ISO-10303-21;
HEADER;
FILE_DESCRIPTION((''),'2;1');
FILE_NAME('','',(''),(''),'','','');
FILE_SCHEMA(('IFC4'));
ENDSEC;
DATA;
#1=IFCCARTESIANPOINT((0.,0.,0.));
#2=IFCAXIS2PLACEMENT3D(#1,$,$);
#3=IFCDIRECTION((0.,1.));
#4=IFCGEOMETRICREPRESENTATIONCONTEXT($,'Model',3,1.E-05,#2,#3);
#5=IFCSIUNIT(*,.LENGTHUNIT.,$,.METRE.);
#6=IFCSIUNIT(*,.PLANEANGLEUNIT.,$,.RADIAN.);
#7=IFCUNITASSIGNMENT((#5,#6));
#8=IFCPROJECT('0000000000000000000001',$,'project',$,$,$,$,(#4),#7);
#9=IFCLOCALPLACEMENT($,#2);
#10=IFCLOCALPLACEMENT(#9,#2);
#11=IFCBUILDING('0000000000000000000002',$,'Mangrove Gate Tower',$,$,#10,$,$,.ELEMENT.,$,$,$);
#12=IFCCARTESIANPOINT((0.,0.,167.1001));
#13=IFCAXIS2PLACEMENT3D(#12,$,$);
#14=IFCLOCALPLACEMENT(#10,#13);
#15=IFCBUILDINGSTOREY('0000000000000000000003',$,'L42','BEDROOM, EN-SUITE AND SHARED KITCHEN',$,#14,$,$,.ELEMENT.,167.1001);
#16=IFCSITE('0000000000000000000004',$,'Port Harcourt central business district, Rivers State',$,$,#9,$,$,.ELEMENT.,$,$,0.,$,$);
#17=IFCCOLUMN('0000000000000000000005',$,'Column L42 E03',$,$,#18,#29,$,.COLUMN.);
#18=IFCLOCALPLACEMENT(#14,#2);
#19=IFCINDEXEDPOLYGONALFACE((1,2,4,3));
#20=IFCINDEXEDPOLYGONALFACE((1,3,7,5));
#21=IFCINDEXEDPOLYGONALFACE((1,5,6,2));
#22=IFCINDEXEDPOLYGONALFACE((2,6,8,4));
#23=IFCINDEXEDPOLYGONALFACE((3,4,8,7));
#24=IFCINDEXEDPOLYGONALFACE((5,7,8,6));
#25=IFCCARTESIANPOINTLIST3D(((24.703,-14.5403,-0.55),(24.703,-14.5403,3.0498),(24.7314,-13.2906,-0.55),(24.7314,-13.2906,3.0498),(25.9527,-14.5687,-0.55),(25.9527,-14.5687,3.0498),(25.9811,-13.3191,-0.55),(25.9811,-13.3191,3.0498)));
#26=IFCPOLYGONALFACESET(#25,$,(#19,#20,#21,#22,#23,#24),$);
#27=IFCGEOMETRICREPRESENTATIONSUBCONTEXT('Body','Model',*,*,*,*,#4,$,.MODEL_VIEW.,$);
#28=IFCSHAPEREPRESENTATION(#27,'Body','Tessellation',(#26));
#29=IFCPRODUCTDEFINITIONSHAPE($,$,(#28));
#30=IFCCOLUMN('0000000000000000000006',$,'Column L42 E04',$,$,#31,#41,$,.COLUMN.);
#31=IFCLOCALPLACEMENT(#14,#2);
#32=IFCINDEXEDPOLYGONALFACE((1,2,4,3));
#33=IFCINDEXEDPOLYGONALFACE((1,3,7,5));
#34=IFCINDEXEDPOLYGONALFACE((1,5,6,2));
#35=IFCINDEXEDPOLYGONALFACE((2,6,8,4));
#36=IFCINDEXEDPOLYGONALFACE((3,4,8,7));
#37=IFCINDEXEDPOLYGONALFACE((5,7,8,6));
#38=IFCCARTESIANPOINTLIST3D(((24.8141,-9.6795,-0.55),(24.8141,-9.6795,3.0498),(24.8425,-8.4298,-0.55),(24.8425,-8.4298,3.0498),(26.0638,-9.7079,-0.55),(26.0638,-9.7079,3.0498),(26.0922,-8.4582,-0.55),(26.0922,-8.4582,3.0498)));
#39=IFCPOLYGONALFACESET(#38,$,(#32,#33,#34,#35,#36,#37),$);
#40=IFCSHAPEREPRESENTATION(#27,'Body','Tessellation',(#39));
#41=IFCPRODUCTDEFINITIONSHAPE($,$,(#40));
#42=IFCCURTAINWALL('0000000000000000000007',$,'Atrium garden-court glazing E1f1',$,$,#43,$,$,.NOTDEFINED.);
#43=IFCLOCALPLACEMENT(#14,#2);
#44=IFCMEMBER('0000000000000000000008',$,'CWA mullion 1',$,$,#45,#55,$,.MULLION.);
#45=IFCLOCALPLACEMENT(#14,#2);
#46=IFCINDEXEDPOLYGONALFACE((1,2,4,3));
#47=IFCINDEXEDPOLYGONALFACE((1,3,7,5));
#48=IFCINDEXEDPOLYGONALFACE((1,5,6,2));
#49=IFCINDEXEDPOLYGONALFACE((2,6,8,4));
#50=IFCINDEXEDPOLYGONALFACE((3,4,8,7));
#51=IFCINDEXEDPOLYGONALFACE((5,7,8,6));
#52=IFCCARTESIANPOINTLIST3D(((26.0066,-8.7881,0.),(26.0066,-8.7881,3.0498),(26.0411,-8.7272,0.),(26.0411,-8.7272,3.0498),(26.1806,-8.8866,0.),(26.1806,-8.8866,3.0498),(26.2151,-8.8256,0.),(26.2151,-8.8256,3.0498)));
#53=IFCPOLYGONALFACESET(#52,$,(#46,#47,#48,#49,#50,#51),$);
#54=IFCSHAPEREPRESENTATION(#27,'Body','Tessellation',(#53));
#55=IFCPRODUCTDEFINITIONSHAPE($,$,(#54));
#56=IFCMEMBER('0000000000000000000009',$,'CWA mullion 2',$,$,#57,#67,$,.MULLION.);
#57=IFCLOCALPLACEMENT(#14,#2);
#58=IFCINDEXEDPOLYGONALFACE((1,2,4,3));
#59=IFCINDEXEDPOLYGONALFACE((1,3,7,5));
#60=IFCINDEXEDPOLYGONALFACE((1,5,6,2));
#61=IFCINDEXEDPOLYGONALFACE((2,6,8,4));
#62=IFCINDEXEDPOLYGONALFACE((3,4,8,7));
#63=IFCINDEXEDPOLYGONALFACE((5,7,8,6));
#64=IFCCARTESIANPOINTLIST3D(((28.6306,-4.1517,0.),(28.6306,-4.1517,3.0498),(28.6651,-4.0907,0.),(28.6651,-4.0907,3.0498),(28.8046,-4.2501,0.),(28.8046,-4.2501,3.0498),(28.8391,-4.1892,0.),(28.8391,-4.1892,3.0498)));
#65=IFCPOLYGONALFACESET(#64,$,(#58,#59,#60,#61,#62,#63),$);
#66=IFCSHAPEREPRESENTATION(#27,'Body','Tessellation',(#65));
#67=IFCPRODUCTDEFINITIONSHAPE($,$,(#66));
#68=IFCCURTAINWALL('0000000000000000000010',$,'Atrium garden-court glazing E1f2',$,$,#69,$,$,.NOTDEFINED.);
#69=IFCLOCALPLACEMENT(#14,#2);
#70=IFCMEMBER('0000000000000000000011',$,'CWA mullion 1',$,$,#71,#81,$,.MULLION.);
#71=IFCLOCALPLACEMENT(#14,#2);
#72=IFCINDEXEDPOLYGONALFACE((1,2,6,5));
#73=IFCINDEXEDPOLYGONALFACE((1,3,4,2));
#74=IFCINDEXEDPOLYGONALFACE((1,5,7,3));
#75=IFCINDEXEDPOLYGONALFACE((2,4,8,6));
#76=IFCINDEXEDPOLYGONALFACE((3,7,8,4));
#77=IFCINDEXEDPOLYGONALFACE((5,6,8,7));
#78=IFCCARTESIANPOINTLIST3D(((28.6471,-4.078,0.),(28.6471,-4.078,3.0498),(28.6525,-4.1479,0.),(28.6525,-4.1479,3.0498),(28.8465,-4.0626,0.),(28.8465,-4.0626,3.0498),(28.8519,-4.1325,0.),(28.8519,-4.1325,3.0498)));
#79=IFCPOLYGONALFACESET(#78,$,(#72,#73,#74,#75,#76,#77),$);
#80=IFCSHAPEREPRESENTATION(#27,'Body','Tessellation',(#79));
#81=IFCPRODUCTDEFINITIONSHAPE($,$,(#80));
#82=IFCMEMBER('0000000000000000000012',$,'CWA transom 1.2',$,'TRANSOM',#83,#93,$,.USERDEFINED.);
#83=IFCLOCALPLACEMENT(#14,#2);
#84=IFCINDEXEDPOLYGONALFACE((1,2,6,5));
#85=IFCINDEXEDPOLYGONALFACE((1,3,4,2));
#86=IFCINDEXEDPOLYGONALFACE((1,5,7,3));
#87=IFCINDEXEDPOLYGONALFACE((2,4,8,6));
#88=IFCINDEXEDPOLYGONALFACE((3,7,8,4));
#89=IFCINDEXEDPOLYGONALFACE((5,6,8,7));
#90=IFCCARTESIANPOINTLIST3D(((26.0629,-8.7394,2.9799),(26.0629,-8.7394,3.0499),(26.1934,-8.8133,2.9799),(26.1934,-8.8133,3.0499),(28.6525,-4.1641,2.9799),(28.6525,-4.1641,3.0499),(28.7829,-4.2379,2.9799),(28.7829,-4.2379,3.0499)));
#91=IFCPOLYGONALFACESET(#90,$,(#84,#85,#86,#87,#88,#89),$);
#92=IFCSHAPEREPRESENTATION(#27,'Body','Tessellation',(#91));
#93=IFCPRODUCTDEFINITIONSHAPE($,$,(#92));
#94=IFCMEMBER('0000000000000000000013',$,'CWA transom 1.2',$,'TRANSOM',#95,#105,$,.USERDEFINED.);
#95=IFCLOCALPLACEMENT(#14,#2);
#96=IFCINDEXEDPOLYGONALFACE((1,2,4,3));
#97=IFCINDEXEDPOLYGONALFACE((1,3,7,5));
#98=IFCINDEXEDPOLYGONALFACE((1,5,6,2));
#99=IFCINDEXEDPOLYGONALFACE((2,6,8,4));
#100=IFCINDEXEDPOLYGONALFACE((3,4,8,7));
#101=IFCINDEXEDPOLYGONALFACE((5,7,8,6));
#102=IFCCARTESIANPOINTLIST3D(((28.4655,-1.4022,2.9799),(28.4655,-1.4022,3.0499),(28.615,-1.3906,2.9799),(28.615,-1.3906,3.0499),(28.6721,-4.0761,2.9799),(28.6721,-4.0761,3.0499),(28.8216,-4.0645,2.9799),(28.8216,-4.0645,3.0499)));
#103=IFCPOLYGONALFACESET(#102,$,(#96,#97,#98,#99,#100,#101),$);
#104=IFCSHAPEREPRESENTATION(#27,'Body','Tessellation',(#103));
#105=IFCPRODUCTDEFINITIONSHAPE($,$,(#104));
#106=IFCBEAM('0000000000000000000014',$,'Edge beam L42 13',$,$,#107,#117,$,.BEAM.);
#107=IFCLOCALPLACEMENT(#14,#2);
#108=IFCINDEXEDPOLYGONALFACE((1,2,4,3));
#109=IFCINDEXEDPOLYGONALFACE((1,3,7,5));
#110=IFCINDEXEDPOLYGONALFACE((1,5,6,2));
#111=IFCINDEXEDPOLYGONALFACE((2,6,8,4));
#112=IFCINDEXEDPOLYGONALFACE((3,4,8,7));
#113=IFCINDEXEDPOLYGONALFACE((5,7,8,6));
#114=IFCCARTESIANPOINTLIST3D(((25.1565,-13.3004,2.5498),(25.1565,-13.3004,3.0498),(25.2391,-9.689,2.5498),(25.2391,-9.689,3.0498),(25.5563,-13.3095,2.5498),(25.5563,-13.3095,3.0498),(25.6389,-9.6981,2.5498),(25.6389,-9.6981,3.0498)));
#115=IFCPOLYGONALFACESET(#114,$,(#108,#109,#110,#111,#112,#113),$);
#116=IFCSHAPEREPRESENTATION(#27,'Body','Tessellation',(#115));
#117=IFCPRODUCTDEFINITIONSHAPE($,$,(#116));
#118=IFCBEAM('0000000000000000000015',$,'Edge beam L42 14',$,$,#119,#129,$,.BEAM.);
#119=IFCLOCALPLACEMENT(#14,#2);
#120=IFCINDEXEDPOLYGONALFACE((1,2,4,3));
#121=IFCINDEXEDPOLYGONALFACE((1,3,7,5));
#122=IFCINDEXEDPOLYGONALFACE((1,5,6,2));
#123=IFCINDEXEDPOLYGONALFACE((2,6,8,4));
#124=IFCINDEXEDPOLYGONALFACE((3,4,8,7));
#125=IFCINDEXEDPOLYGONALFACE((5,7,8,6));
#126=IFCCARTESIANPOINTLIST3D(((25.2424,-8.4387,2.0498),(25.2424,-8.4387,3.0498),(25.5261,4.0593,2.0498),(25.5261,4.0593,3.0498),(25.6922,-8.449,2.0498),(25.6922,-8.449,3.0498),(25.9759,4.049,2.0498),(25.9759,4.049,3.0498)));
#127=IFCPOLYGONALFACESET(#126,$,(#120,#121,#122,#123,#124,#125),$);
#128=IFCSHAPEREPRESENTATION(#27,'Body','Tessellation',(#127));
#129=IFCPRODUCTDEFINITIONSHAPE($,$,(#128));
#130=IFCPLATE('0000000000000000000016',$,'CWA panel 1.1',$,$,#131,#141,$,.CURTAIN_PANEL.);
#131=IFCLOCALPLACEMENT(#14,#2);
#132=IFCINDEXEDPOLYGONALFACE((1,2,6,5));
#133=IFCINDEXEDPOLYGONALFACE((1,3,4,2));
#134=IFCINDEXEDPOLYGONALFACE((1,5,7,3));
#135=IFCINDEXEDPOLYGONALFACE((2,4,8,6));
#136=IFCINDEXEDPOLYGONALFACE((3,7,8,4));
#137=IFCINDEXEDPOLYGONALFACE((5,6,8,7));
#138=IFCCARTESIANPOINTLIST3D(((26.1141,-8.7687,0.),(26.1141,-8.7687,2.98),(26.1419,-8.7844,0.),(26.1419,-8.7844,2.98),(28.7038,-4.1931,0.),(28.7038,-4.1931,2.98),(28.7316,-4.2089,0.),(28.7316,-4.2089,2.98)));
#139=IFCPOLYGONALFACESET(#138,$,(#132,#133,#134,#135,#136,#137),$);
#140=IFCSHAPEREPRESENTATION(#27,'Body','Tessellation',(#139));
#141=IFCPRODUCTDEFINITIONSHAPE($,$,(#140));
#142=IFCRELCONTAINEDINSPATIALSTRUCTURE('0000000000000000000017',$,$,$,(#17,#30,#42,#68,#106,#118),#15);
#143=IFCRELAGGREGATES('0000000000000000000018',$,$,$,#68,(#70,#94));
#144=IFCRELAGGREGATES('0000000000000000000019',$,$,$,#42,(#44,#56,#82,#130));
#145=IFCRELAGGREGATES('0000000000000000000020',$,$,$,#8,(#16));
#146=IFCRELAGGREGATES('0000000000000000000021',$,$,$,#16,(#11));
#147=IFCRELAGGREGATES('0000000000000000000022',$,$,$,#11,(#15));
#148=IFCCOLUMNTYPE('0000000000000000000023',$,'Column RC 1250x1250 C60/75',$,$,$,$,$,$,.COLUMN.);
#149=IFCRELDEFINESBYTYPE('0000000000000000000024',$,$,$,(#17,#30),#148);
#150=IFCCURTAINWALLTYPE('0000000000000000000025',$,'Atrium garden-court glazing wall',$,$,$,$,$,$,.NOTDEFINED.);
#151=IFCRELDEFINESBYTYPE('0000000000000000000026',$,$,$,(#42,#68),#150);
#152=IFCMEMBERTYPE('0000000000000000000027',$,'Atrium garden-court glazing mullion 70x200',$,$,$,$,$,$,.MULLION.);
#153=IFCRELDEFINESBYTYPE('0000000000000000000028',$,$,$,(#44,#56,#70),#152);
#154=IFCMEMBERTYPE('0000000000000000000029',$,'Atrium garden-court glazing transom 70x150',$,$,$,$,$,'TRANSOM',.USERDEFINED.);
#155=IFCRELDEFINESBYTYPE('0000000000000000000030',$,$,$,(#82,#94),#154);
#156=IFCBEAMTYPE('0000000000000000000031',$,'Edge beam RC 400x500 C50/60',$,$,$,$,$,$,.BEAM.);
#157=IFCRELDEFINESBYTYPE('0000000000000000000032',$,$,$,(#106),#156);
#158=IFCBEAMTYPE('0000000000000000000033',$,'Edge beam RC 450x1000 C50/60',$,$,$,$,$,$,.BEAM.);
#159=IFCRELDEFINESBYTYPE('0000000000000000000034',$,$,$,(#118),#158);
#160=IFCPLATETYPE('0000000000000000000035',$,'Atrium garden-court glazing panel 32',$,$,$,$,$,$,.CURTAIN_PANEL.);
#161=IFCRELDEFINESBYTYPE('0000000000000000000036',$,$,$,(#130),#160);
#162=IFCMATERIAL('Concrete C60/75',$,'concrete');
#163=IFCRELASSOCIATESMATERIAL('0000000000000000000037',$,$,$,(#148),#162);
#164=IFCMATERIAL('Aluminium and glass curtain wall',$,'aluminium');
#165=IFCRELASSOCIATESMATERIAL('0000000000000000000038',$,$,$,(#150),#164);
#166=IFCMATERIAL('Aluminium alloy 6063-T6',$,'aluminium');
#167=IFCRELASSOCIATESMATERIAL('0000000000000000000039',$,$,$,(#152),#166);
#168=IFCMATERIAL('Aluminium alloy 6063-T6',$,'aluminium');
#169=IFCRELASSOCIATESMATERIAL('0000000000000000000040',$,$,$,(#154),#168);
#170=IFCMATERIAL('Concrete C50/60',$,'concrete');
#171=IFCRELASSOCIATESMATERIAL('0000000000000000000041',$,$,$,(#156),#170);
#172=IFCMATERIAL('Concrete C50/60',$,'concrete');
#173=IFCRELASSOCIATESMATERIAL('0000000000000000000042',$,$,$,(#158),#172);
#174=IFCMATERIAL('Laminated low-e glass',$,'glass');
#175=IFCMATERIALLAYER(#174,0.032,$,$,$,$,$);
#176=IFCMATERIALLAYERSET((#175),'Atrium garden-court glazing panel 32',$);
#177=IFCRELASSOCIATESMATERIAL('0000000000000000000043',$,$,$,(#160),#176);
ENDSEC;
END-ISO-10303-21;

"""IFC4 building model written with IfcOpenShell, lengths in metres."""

from ifc_helpers import new_model, si_unit, direction, frame, origin, origin_2d, place, context, subcontext, project, spatial, rectangle, extrude, material, layer, layer_set, material_profile, profile_set, type_object, element, aggregate, save


model = new_model("IFC4")

# Units and contexts
model_context = context("Model", 3, precision=1e-05, world=origin(), true_north=direction((0.0, 1.0)))
body_context = subcontext(model_context, "Body", "Model", "MODEL_VIEW")
ifc_project = project(units=[si_unit("LENGTHUNIT", "METRE"), si_unit("PLANEANGLEUNIT", "RADIAN")], contexts=[model_context])

# Site, building, storey
site_placement = place(None, origin())
site = spatial("IfcSite", under=ifc_project, at=site_placement, Name="Port Harcourt central business district, Rivers State", CompositionType="ELEMENT", RefElevation=0.0)
building_placement = place(site_placement, origin())
building = spatial("IfcBuilding", under=site, at=building_placement, Name="Mangrove Gate Tower", CompositionType="ELEMENT")
storey_placement = place(building_placement, frame((0.0, 0.0, 167.1001)))
storey = spatial("IfcBuildingStorey", under=building, at=storey_placement, Name="L42", Description="BEDROOM, EN-SUITE AND SHARED KITCHEN", CompositionType="ELEMENT", Elevation=167.1001)

# Columns
ifc_material_1 = material(Name="Concrete C60/75", Category="concrete")
ifc_material_profile_1 = material_profile(ifc_material_1, rectangle(XDim=1.25, YDim=1.25, at=origin_2d()))
ifc_profile_set_1 = profile_set([ifc_material_profile_1], Name="Concrete C60/75")
column_type = type_object("IfcColumnType", Name="Column RC 1250x1250 C60/75", PredefinedType="COLUMN", material=ifc_profile_set_1)
for number, where, z_axis, x_axis, name in (
    (1, (25.342, -13.9297, -0.55), (0.0, 0.0, 1.0), (0.022726, 0.999742, 0.0), "Column L42 E03"),
    (2, (25.4531, -9.0688, -0.55), (0.0, 0.0, 1.0), (0.022725, 0.999742, 0.0), "Column L42 E04"),
):
    element("IfcColumn", number, at=place(storey_placement, frame(where, z_axis=z_axis, x_axis=x_axis)), inside=storey, type_object=column_type, Name=name, PredefinedType="COLUMN", context=body_context, shape_type="SweptSolid", body=[
        extrude(rectangle(XDim=1.25, YDim=1.25, at=origin_2d()), origin(), (0.0, 0.0, 1.0), 3.5999),
    ])

# Curtain wall, members
ifc_material_2 = material(Name="Aluminium and glass curtain wall", Category="aluminium")
curtain_wall_type = type_object("IfcCurtainWallType", Name="Atrium garden-court glazing wall", PredefinedType="NOTDEFINED", material=ifc_material_2)
curtain_wall_1_placement = place(storey_placement, origin())
curtain_wall_1 = element("IfcCurtainWall", 3, at=curtain_wall_1_placement, inside=storey, type_object=curtain_wall_type, Name="Atrium garden-court glazing E1f1", PredefinedType="NOTDEFINED")
ifc_material_3 = material(Name="Aluminium alloy 6063-T6", Category="aluminium")
ifc_material_profile_2 = material_profile(ifc_material_3, rectangle(XDim=0.0701, YDim=0.2, at=origin_2d()))
ifc_profile_set_2 = profile_set([ifc_material_profile_2], Name="Aluminium alloy 6063-T6")
member_type_1 = type_object("IfcMemberType", Name="Atrium garden-court glazing mullion 70x200", PredefinedType="MULLION", material=ifc_profile_set_2)
member_1_placement = place(storey_placement, frame((26.1108, -8.8069, 0.0), z_axis=(0.0, 0.0, 1.0), x_axis=(0.492564, 0.870276, 0.0)))
member_1 = element("IfcMember", 4, at=member_1_placement, type_object=member_type_1, Name="CWA mullion 1", PredefinedType="MULLION", context=body_context, shape_type="SweptSolid", body=[
    extrude(rectangle(XDim=0.0701, YDim=0.2, at=origin_2d()), origin(), (0.0, 0.0, 1.0), 3.0498),
])
member_2_placement = place(storey_placement, frame((28.7349, -4.1704, 0.0), z_axis=(0.0, 0.0, 1.0), x_axis=(0.492564, 0.870276, 0.0)))
member_2 = element("IfcMember", 5, at=member_2_placement, type_object=member_type_1, Name="CWA mullion 2", PredefinedType="MULLION", context=body_context, shape_type="SweptSolid", body=[
    extrude(rectangle(XDim=0.0701, YDim=0.2, at=origin_2d()), origin(), (0.0, 0.0, 1.0), 3.0498),
])

# Curtain wall, member
curtain_wall_2_placement = place(storey_placement, origin())
curtain_wall_2 = element("IfcCurtainWall", 6, at=curtain_wall_2_placement, inside=storey, type_object=curtain_wall_type, Name="Atrium garden-court glazing E1f2", PredefinedType="NOTDEFINED")
member_3_placement = place(storey_placement, frame((28.7495, -4.1052, 0.0), z_axis=(0.0, 0.0, 1.0), x_axis=(-0.077023, 0.997029, 0.0)))
member_3 = element("IfcMember", 7, at=member_3_placement, type_object=member_type_1, Name="CWA mullion 1", PredefinedType="MULLION", context=body_context, shape_type="SweptSolid", body=[
    extrude(rectangle(XDim=0.0701, YDim=0.2, at=origin_2d()), origin(), (0.0, 0.0, 1.0), 3.0498),
])

# Members
ifc_material_4 = material(Name="Aluminium alloy 6063-T6", Category="aluminium")
ifc_material_profile_3 = material_profile(ifc_material_4, rectangle(XDim=0.0701, YDim=0.1499, at=origin_2d()))
ifc_profile_set_3 = profile_set([ifc_material_profile_3], Name="Aluminium alloy 6063-T6")
member_type_2 = type_object("IfcMemberType", Name="Atrium garden-court glazing transom 70x150", ElementType="TRANSOM", PredefinedType="USERDEFINED", material=ifc_profile_set_3)
member_4_placement = place(storey_placement, frame((26.1282, -8.7764, 3.0149), z_axis=(0.492559, 0.870279, 0.0), x_axis=(0.0, 0.0, 1.0)))
member_4 = element("IfcMember", 8, at=member_4_placement, type_object=member_type_2, Name="CWA transom 1.2", ObjectType="TRANSOM", PredefinedType="USERDEFINED", context=body_context, shape_type="SweptSolid", body=[
    extrude(rectangle(XDim=0.0701, YDim=0.1499, at=origin_2d()), origin(), (0.0, 0.0, 1.0), 5.2573),
])
member_5_placement = place(storey_placement, frame((28.7468, -4.0703, 3.0149), z_axis=(-0.077017, 0.99703, 0.0), x_axis=(0.0, 0.0, 1.0)))
member_5 = element("IfcMember", 9, at=member_5_placement, type_object=member_type_2, Name="CWA transom 1.2", ObjectType="TRANSOM", PredefinedType="USERDEFINED", context=body_context, shape_type="SweptSolid", body=[
    extrude(rectangle(XDim=0.0701, YDim=0.1499, at=origin_2d()), origin(), (0.0, 0.0, 1.0), 2.6819),
])
aggregate(curtain_wall_2, [member_3, member_5])

# Beams
ifc_material_5 = material(Name="Concrete C50/60", Category="concrete")
ifc_material_profile_4 = material_profile(ifc_material_5, rectangle(XDim=0.3999, YDim=0.5, at=origin_2d()))
ifc_profile_set_4 = profile_set([ifc_material_profile_4], Name="Concrete C50/60")
beam_type_1 = type_object("IfcBeamType", Name="Edge beam RC 400x500 C50/60", PredefinedType="BEAM", material=ifc_profile_set_4)
beam_1_placement = place(storey_placement, frame((25.3564, -13.3049, 2.7998), z_axis=(0.022844, 0.999739, 0.0), x_axis=(-0.999739, 0.022844, 0.0)))
element("IfcBeam", 10, at=beam_1_placement, inside=storey, type_object=beam_type_1, Name="Edge beam L42 13", PredefinedType="BEAM", context=body_context, shape_type="SweptSolid", body=[
    extrude(rectangle(XDim=0.3999, YDim=0.5, at=origin_2d()), origin(), (0.0, 0.0, 1.0), 3.6123),
])
ifc_material_6 = material(Name="Concrete C50/60", Category="concrete")
ifc_material_profile_5 = material_profile(ifc_material_6, rectangle(XDim=0.45, YDim=1.0, at=origin_2d()))
ifc_profile_set_5 = profile_set([ifc_material_profile_5], Name="Concrete C50/60")
beam_type_2 = type_object("IfcBeamType", Name="Edge beam RC 450x1000 C50/60", PredefinedType="BEAM", material=ifc_profile_set_5)
beam_2_placement = place(storey_placement, frame((25.4673, -8.4438, 2.5498), z_axis=(0.022693, 0.999742, 0.0), x_axis=(-0.999742, 0.022693, 0.0)))
element("IfcBeam", 11, at=beam_2_placement, inside=storey, type_object=beam_type_2, Name="Edge beam L42 14", PredefinedType="BEAM", context=body_context, shape_type="SweptSolid", body=[
    extrude(rectangle(XDim=0.45, YDim=1.0, at=origin_2d()), origin(), (0.0, 0.0, 1.0), 12.5012),
])

# Plate
ifc_material_7 = material(Name="Laminated low-e glass", Category="glass")
ifc_layer_1 = layer(ifc_material_7, 0.032)
ifc_layer_set_1 = layer_set([ifc_layer_1], Name="Atrium garden-court glazing panel 32")
plate_type = type_object("IfcPlateType", Name="Atrium garden-court glazing panel 32", PredefinedType="CURTAIN_PANEL", material=ifc_layer_set_1)
plate_placement = place(storey_placement, frame((27.4229, -6.4888, 0.0), z_axis=(0.0, 0.0, 1.0), x_axis=(0.492564, 0.870276, 0.0)))
plate = element("IfcPlate", 12, at=plate_placement, type_object=plate_type, Name="CWA panel 1.1", PredefinedType="CURTAIN_PANEL", context=body_context, shape_type="SweptSolid", body=[
    extrude(rectangle(XDim=5.2576, YDim=0.032, at=origin_2d()), origin(), (0.0, 0.0, 1.0), 2.98),
])
aggregate(curtain_wall_1, [member_1, member_2, member_4, plate])

save(model, "model.ifc")
